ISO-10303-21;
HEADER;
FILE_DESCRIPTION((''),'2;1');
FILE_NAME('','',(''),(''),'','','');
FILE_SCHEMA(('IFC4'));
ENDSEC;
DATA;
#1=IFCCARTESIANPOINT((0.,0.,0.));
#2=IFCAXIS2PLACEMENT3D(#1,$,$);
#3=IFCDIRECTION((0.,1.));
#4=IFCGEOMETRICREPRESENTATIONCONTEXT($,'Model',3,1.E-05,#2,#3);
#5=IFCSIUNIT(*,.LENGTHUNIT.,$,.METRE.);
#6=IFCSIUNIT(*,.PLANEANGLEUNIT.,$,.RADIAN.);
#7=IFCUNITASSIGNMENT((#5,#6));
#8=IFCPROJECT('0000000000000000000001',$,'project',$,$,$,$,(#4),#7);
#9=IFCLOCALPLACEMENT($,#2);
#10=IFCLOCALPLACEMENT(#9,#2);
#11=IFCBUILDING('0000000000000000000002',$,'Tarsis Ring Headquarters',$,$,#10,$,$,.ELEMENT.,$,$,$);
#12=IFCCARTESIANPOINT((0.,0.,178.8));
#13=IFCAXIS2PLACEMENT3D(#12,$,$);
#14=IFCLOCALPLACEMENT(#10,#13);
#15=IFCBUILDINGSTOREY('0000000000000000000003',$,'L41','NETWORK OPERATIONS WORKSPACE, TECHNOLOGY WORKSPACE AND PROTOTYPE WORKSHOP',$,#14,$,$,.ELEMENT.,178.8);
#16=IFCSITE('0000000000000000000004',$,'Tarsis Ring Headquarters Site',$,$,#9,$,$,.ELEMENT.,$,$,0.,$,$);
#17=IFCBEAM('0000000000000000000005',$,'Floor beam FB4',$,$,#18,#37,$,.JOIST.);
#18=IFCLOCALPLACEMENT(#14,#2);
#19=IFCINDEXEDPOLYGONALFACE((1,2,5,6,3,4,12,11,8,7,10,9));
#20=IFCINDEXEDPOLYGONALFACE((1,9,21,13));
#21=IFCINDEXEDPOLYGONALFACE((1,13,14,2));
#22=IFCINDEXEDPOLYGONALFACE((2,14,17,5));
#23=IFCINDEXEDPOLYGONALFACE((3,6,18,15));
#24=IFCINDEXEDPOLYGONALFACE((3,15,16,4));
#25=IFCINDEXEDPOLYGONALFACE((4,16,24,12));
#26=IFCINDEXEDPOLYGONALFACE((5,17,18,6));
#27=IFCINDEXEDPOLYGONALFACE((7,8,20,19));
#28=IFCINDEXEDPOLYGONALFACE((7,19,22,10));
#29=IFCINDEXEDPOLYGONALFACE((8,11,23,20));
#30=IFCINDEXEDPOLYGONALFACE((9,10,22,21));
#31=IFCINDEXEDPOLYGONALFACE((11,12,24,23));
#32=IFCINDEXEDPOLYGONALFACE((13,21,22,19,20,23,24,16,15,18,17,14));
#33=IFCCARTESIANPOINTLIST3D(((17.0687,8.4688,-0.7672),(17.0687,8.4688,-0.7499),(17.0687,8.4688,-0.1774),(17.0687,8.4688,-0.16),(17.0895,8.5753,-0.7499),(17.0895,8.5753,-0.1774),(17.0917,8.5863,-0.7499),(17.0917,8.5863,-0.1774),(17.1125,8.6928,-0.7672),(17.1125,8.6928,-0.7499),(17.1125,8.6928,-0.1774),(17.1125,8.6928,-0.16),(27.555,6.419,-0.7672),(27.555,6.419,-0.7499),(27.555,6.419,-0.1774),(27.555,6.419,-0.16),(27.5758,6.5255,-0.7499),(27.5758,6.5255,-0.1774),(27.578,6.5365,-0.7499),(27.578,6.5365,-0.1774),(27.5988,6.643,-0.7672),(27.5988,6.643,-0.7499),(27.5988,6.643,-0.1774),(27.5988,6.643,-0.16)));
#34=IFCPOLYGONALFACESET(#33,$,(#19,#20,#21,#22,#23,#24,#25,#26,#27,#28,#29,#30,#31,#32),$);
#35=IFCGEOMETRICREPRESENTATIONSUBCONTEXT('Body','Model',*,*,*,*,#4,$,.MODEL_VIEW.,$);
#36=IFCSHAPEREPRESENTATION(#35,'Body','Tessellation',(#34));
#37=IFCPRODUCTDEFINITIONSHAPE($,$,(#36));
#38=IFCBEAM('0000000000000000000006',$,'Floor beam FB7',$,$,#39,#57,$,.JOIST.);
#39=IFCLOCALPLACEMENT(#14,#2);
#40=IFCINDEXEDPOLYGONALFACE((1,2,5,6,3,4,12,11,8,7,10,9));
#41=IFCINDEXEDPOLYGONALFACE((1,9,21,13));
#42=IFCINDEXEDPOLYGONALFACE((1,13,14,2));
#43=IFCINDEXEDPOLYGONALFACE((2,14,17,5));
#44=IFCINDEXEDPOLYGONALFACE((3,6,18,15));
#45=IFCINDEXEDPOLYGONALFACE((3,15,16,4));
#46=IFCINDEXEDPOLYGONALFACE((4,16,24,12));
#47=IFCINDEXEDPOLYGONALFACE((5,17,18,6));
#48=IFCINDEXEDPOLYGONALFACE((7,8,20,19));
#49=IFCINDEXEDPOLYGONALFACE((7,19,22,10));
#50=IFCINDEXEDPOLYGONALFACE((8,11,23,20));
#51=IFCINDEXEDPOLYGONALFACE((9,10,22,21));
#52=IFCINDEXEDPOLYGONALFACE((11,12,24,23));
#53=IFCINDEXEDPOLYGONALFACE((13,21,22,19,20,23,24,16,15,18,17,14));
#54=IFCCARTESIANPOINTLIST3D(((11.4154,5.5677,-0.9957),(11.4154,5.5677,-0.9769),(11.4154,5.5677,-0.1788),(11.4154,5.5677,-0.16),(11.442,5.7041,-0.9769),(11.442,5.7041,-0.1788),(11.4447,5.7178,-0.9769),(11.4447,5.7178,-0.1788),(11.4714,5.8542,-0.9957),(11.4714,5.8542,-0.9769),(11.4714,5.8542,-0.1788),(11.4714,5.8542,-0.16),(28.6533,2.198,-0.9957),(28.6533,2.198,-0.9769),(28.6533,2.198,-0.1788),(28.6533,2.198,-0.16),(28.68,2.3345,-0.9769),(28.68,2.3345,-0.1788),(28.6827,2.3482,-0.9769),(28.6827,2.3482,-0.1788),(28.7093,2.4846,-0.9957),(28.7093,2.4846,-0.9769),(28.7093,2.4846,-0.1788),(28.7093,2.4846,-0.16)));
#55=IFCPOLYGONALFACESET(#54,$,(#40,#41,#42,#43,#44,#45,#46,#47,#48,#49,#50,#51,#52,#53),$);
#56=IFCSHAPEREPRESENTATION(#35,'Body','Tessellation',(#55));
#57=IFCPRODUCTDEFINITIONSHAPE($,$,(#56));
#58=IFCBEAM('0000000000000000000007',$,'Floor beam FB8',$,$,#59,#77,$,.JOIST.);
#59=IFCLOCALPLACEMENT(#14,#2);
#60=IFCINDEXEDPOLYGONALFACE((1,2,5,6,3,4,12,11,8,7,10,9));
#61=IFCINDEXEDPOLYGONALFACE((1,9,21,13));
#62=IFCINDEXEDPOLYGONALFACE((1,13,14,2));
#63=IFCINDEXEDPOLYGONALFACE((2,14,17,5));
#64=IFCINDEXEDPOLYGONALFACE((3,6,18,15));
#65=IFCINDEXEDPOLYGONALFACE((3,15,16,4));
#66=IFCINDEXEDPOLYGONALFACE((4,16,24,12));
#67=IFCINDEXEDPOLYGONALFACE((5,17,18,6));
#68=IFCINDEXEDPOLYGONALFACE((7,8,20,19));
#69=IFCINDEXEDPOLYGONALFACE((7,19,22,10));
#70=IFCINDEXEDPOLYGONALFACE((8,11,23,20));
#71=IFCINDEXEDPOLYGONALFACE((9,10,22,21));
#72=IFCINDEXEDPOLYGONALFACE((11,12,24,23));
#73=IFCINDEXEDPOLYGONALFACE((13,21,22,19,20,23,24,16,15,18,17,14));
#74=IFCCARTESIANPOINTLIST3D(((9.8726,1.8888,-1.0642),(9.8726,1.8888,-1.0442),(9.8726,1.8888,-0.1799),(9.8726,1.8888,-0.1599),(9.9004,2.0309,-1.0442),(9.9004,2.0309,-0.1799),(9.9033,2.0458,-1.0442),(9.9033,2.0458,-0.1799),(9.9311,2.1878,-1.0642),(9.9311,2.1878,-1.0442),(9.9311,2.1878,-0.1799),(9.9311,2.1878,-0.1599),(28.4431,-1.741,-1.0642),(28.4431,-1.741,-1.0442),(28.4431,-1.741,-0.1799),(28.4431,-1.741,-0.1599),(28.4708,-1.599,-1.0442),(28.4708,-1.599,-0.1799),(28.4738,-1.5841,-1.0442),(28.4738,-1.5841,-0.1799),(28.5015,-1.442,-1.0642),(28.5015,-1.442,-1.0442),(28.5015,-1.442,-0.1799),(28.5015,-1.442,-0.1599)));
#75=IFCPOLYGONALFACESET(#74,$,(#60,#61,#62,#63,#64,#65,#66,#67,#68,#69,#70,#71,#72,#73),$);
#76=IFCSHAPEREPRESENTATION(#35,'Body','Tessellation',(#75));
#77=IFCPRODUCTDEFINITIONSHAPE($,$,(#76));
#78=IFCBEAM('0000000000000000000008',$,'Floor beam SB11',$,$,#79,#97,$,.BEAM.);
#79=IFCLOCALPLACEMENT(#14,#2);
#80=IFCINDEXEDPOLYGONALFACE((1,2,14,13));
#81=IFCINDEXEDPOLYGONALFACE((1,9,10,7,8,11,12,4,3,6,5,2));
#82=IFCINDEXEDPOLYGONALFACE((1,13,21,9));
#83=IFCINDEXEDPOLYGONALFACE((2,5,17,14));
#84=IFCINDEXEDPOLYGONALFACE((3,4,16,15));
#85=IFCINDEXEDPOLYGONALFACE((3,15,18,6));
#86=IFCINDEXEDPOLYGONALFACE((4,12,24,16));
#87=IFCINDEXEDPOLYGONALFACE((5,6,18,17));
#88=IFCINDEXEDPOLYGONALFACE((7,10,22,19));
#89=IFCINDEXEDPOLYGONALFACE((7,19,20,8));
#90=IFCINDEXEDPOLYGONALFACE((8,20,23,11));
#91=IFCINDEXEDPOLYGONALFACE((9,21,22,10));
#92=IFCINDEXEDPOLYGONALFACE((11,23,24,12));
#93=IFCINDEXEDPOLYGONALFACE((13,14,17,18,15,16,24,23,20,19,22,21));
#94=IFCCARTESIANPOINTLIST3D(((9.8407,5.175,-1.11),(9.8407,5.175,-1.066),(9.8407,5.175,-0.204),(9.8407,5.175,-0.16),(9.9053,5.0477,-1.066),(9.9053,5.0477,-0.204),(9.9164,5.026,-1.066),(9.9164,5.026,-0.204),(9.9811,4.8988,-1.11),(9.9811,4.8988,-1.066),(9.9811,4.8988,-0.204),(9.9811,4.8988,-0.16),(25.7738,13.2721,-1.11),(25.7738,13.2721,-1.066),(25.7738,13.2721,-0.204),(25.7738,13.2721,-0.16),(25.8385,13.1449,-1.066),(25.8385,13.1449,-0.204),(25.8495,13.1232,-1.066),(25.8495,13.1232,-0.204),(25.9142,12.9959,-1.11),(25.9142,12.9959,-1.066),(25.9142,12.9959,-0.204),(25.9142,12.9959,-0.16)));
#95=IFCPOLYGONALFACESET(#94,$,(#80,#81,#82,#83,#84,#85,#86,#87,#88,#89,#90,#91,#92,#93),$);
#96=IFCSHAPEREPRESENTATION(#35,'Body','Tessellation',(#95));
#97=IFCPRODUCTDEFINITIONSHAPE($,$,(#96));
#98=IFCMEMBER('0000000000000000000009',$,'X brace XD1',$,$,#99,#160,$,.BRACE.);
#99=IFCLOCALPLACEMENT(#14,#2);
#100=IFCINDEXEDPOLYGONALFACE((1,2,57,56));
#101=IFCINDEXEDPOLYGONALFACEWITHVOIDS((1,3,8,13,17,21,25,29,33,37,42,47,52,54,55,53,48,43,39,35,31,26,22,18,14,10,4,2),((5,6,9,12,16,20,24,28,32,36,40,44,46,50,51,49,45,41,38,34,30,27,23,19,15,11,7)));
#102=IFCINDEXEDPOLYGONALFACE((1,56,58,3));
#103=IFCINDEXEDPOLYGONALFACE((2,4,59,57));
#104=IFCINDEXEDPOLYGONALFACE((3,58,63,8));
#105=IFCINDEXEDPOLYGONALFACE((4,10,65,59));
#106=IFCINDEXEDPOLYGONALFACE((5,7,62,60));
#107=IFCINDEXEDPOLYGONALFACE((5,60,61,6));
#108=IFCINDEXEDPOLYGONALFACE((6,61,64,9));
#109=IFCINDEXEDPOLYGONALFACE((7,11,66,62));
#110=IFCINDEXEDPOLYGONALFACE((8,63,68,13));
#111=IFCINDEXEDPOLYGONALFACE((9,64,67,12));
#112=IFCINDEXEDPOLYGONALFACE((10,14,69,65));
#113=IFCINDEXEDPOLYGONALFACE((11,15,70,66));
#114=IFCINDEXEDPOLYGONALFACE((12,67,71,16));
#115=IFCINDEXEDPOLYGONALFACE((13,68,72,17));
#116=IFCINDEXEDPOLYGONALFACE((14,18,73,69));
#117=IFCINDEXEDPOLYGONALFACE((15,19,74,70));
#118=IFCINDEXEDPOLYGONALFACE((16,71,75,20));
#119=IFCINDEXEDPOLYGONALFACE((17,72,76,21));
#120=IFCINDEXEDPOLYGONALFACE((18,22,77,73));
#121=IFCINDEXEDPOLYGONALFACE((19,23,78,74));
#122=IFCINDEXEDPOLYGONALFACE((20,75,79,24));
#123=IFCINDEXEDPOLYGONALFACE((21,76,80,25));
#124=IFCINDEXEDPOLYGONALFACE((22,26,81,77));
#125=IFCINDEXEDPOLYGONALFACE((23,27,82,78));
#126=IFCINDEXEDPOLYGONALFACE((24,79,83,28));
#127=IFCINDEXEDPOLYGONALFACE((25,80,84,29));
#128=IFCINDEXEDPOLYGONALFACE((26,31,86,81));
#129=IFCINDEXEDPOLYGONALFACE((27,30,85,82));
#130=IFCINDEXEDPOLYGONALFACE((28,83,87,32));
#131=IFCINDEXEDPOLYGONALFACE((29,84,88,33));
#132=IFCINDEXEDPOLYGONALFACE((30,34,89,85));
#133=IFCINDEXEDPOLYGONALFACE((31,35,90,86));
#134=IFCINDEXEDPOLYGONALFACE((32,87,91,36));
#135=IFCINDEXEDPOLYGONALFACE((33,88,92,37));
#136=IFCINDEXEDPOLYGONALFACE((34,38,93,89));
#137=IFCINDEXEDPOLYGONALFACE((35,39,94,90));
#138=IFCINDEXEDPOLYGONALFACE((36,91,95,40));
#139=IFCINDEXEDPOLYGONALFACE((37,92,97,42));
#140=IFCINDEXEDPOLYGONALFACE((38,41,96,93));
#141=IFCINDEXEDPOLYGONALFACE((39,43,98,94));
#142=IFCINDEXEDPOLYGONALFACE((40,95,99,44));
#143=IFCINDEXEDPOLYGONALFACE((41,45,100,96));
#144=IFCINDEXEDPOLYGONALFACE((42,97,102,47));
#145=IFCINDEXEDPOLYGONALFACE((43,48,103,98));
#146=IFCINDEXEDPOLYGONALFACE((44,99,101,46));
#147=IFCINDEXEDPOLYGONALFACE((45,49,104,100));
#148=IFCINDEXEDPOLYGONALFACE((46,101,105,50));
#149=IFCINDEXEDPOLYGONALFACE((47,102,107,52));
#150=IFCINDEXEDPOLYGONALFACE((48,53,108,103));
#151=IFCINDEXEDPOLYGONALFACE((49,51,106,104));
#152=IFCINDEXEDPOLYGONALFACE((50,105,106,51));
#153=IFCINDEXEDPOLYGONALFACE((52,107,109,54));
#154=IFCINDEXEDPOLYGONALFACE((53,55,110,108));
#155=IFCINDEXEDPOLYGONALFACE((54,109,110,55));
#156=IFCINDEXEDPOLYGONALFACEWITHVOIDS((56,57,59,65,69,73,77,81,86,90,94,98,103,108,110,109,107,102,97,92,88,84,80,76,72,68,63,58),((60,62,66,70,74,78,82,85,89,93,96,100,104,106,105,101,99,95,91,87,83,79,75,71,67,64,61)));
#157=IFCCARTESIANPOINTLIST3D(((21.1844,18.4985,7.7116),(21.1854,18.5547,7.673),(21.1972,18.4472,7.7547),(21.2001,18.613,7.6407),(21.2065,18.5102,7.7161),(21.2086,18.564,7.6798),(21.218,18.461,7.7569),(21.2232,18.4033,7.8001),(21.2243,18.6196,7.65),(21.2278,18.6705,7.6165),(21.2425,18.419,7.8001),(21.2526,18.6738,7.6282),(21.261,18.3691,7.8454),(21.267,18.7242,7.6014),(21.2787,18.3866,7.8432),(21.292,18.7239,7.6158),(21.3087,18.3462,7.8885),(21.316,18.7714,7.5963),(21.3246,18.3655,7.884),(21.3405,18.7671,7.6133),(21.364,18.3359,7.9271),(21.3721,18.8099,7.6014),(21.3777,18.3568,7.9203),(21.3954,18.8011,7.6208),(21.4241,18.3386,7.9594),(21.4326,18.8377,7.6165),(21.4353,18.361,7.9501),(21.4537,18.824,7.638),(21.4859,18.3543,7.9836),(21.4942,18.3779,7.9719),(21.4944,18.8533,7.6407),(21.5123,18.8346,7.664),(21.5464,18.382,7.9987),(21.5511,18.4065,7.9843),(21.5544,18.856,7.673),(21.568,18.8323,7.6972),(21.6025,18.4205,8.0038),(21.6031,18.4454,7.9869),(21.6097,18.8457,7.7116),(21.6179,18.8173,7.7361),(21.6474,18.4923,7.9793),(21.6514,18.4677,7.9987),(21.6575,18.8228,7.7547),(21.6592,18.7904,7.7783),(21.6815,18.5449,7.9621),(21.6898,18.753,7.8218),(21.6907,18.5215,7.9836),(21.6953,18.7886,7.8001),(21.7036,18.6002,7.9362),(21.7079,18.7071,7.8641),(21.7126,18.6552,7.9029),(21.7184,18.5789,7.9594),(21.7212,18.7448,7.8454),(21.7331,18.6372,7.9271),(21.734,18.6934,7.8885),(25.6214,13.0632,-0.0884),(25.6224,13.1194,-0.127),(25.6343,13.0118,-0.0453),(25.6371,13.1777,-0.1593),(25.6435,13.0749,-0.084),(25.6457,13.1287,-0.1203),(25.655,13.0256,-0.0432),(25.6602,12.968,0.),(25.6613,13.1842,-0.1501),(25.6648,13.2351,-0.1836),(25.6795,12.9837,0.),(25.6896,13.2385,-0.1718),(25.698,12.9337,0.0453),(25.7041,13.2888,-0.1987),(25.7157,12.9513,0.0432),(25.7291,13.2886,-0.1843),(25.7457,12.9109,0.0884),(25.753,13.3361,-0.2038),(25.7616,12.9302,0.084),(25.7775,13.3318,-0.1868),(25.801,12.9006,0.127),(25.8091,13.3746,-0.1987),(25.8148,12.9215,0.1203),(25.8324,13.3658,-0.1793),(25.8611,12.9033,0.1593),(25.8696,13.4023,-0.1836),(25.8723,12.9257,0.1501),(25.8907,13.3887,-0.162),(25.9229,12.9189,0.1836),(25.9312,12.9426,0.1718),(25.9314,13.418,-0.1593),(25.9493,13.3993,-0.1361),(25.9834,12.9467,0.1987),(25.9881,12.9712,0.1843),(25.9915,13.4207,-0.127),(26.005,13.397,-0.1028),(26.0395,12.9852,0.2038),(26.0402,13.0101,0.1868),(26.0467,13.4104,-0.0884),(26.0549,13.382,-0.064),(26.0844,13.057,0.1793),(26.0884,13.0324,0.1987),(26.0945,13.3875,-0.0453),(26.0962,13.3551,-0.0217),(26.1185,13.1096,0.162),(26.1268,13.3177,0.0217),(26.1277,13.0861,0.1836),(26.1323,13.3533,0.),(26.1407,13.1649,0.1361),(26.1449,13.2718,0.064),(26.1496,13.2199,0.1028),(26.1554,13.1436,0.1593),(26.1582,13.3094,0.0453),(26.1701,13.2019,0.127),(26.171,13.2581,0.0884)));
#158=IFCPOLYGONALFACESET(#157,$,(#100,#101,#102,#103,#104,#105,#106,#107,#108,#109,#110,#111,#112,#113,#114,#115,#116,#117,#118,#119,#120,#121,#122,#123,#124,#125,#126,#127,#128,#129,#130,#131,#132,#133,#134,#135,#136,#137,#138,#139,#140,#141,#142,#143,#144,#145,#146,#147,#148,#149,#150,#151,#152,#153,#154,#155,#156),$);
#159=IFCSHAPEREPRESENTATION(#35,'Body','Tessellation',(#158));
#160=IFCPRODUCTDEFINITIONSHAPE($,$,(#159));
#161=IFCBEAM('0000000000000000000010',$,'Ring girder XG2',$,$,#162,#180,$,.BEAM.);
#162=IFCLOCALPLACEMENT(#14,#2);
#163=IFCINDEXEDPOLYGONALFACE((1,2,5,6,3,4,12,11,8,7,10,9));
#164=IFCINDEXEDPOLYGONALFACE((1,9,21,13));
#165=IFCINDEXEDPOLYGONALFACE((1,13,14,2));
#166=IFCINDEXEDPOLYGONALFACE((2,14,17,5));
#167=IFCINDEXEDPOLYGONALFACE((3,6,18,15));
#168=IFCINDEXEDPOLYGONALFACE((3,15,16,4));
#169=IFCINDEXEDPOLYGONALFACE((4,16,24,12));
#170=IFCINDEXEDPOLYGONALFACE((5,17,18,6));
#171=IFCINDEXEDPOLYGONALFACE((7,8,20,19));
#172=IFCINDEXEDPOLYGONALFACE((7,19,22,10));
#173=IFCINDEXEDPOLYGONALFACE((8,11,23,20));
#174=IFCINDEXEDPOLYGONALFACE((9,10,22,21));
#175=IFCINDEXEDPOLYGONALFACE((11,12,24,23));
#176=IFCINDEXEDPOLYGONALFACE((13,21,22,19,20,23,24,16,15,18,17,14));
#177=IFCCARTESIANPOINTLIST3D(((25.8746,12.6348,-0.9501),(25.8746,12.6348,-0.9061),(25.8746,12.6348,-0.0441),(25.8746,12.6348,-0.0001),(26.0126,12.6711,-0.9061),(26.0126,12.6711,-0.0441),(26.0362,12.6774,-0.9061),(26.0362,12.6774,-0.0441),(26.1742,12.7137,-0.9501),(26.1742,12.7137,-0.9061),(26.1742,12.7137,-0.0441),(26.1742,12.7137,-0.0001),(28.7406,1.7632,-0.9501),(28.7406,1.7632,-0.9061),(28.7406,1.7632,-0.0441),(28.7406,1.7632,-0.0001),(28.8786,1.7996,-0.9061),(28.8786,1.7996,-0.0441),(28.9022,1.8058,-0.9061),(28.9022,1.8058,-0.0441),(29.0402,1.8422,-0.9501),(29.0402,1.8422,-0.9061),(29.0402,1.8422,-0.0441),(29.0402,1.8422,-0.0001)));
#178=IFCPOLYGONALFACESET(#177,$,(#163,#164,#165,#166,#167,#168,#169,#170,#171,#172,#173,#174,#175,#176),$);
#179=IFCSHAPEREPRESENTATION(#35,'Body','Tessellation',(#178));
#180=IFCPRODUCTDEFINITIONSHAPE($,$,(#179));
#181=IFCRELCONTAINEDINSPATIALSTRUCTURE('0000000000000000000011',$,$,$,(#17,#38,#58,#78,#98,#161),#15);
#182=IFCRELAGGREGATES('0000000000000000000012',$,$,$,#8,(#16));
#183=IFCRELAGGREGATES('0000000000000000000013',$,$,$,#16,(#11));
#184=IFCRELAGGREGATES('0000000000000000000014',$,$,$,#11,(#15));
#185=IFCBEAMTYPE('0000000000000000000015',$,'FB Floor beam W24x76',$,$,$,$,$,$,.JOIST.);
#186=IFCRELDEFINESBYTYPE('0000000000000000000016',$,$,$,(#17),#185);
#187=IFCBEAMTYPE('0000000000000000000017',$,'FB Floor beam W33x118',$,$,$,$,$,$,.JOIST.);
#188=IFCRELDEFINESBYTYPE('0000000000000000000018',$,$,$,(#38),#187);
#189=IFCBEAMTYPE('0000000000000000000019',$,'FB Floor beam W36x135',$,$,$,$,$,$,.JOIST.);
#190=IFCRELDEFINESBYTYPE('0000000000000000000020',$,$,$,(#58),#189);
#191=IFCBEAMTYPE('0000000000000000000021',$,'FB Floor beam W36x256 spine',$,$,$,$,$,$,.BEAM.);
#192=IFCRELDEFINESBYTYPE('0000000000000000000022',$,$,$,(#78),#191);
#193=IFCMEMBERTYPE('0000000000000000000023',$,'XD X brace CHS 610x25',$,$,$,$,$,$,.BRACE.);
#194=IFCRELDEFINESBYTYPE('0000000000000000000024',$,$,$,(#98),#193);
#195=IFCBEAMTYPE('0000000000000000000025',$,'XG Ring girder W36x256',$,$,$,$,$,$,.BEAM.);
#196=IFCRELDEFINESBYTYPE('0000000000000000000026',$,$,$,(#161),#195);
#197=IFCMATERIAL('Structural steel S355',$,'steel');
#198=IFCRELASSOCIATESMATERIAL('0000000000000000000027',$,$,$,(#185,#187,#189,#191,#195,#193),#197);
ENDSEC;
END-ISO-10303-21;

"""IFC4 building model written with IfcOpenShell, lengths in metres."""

from ifc_helpers import new_model, si_unit, direction, frame, origin, origin_2d, place, context, subcontext, project, spatial, hollow_circle, i_section, extrude, material, material_profile, profile_set, type_object, element, save


model = new_model("IFC4")

# Units and contexts
model_context = context("Model", 3, precision=1e-05, world=origin(), true_north=direction((0.0, 1.0)))
body_context = subcontext(model_context, "Body", "Model", "MODEL_VIEW")
ifc_project = project(units=[si_unit("LENGTHUNIT", "METRE"), si_unit("PLANEANGLEUNIT", "RADIAN")], contexts=[model_context])

# Site, building, storey
site_placement = place(None, origin())
site = spatial("IfcSite", under=ifc_project, at=site_placement, Name="Tarsis Ring Headquarters Site", CompositionType="ELEMENT", RefElevation=0.0)
building_placement = place(site_placement, origin())
building = spatial("IfcBuilding", under=site, at=building_placement, Name="Tarsis Ring Headquarters", CompositionType="ELEMENT")
storey_placement = place(building_placement, frame((0.0, 0.0, 178.8)))
storey = spatial("IfcBuildingStorey", under=building, at=storey_placement, Name="L41", Description="NETWORK OPERATIONS WORKSPACE, TECHNOLOGY WORKSPACE AND PROTOTYPE WORKSHOP", CompositionType="ELEMENT", Elevation=178.8)

# Shared definitions
ifc_material_1 = material(Name="Structural steel S355", Category="steel")

# Beams
ifc_material_profile_1 = material_profile(ifc_material_1, i_section(OverallWidth=0.2283, OverallDepth=0.6072, WebThickness=0.0112, FlangeThickness=0.0173, at=origin_2d()), Name="W24x76")
ifc_profile_set_1 = profile_set([ifc_material_profile_1], Name="Structural steel S355")
beam_type_1 = type_object("IfcBeamType", Name="FB Floor beam W24x76", PredefinedType="JOIST", material=ifc_profile_set_1)
beam_1_placement = place(storey_placement, frame((17.0906, 8.5808, -0.4636), z_axis=(0.981426, -0.191843, 0.0), x_axis=(0.191843, 0.981426, 0.0)))
element("IfcBeam", 1, at=beam_1_placement, inside=storey, type_object=beam_type_1, Name="Floor beam FB4", PredefinedType="JOIST", context=body_context, shape_type="SweptSolid", body=[
    extrude(i_section(OverallWidth=0.2283, OverallDepth=0.6072, WebThickness=0.0112, FlangeThickness=0.0173, at=origin_2d()), origin(), (0.0, 0.0, 1.0), 10.6848),
])
ifc_material_profile_2 = material_profile(ifc_material_1, i_section(OverallWidth=0.292, OverallDepth=0.8357, WebThickness=0.0139, FlangeThickness=0.0188, at=origin_2d()), Name="W33x118")
ifc_profile_set_2 = profile_set([ifc_material_profile_2], Name="Structural steel S355")
beam_type_2 = type_object("IfcBeamType", Name="FB Floor beam W33x118", PredefinedType="JOIST", material=ifc_profile_set_2)
beam_2_placement = place(storey_placement, frame((11.4434, 5.7109, -0.5779), z_axis=(0.981425, -0.191845, 0.0), x_axis=(0.191845, 0.981425, 0.0)))
element("IfcBeam", 2, at=beam_2_placement, inside=storey, type_object=beam_type_2, Name="Floor beam FB7", PredefinedType="JOIST", context=body_context, shape_type="SweptSolid", body=[
    extrude(i_section(OverallWidth=0.292, OverallDepth=0.8357, WebThickness=0.0139, FlangeThickness=0.0188, at=origin_2d()), origin(), (0.0, 0.0, 1.0), 17.5642),
])
ifc_material_profile_3 = material_profile(ifc_material_1, i_section(OverallWidth=0.3047, OverallDepth=0.9043, WebThickness=0.0151, FlangeThickness=0.02, at=origin_2d()), Name="W36x135")
ifc_profile_set_3 = profile_set([ifc_material_profile_3], Name="Structural steel S355")
beam_type_3 = type_object("IfcBeamType", Name="FB Floor beam W36x135", PredefinedType="JOIST", material=ifc_profile_set_3)
beam_3_placement = place(storey_placement, frame((9.9019, 2.0383, -0.6121), z_axis=(0.981427, -0.191834, 0.0), x_axis=(0.191834, 0.981427, 0.0)))
element("IfcBeam", 3, at=beam_3_placement, inside=storey, type_object=beam_type_3, Name="Floor beam FB8", PredefinedType="JOIST", context=body_context, shape_type="SweptSolid", body=[
    extrude(i_section(OverallWidth=0.3047, OverallDepth=0.9043, WebThickness=0.0151, FlangeThickness=0.02, at=origin_2d()), origin(), (0.0, 0.0, 1.0), 18.9219),
])
ifc_material_profile_4 = material_profile(ifc_material_1, i_section(OverallWidth=0.3098, OverallDepth=0.95, WebThickness=0.0244, FlangeThickness=0.0439, at=origin_2d()), Name="W36x256")
ifc_profile_set_4 = profile_set([ifc_material_profile_4], Name="Structural steel S355")
beam_type_4 = type_object("IfcBeamType", Name="FB Floor beam W36x256 spine", PredefinedType="BEAM", material=ifc_profile_set_4)
beam_4_placement = place(storey_placement, frame((25.844, 13.134, -0.635), z_axis=(-0.891485, -0.453051, 0.0), x_axis=(0.453051, -0.891485, 0.0)))
element("IfcBeam", 4, at=beam_4_placement, inside=storey, type_object=beam_type_4, Name="Floor beam SB11", PredefinedType="BEAM", context=body_context, shape_type="SweptSolid", body=[
    extrude(i_section(OverallWidth=0.3098, OverallDepth=0.95, WebThickness=0.0244, FlangeThickness=0.0439, at=origin_2d()), origin(), (0.0, 0.0, 1.0), 17.8726),
])

# Member
ifc_material_profile_5 = material_profile(ifc_material_1, hollow_circle(Radius=0.3047, WallThickness=0.0249, at=origin_2d()), Name="CHS 610x25")
ifc_profile_set_5 = profile_set([ifc_material_profile_5], Name="Structural steel S355")
member_type = type_object("IfcMemberType", Name="XD X brace CHS 610x25", PredefinedType="BRACE", material=ifc_profile_set_5)
member_placement = place(storey_placement, frame((25.8962, 13.1606, 0.0), z_axis=(-0.422917, 0.51807, 0.743468), x_axis=(-0.774659, -0.632379, 0.0)))
element("IfcMember", 5, at=member_placement, inside=storey, type_object=member_type, Name="X brace XD1", PredefinedType="BRACE", context=body_context, shape_type="SweptSolid", body=[
    extrude(hollow_circle(Radius=0.3047, WallThickness=0.0249, at=origin_2d()), origin(), (0.0, 0.0, 1.0), 10.4915),
])

# Beam
beam_type_5 = type_object("IfcBeamType", Name="XG Ring girder W36x256", PredefinedType="BEAM", material=ifc_profile_set_4)
beam_5_placement = place(storey_placement, frame((28.8904, 1.8027, -0.4751), z_axis=(-0.254911, 0.966964, 0.0), x_axis=(-0.966964, -0.254911, 0.0)))
element("IfcBeam", 6, at=beam_5_placement, inside=storey, type_object=beam_type_5, Name="Ring girder XG2", PredefinedType="BEAM", context=body_context, shape_type="SweptSolid", body=[
    extrude(i_section(OverallWidth=0.3098, OverallDepth=0.95, WebThickness=0.0244, FlangeThickness=0.0439, at=origin_2d()), origin(), (0.0, 0.0, 1.0), 11.2429),
])

save(model, "model.ifc")
